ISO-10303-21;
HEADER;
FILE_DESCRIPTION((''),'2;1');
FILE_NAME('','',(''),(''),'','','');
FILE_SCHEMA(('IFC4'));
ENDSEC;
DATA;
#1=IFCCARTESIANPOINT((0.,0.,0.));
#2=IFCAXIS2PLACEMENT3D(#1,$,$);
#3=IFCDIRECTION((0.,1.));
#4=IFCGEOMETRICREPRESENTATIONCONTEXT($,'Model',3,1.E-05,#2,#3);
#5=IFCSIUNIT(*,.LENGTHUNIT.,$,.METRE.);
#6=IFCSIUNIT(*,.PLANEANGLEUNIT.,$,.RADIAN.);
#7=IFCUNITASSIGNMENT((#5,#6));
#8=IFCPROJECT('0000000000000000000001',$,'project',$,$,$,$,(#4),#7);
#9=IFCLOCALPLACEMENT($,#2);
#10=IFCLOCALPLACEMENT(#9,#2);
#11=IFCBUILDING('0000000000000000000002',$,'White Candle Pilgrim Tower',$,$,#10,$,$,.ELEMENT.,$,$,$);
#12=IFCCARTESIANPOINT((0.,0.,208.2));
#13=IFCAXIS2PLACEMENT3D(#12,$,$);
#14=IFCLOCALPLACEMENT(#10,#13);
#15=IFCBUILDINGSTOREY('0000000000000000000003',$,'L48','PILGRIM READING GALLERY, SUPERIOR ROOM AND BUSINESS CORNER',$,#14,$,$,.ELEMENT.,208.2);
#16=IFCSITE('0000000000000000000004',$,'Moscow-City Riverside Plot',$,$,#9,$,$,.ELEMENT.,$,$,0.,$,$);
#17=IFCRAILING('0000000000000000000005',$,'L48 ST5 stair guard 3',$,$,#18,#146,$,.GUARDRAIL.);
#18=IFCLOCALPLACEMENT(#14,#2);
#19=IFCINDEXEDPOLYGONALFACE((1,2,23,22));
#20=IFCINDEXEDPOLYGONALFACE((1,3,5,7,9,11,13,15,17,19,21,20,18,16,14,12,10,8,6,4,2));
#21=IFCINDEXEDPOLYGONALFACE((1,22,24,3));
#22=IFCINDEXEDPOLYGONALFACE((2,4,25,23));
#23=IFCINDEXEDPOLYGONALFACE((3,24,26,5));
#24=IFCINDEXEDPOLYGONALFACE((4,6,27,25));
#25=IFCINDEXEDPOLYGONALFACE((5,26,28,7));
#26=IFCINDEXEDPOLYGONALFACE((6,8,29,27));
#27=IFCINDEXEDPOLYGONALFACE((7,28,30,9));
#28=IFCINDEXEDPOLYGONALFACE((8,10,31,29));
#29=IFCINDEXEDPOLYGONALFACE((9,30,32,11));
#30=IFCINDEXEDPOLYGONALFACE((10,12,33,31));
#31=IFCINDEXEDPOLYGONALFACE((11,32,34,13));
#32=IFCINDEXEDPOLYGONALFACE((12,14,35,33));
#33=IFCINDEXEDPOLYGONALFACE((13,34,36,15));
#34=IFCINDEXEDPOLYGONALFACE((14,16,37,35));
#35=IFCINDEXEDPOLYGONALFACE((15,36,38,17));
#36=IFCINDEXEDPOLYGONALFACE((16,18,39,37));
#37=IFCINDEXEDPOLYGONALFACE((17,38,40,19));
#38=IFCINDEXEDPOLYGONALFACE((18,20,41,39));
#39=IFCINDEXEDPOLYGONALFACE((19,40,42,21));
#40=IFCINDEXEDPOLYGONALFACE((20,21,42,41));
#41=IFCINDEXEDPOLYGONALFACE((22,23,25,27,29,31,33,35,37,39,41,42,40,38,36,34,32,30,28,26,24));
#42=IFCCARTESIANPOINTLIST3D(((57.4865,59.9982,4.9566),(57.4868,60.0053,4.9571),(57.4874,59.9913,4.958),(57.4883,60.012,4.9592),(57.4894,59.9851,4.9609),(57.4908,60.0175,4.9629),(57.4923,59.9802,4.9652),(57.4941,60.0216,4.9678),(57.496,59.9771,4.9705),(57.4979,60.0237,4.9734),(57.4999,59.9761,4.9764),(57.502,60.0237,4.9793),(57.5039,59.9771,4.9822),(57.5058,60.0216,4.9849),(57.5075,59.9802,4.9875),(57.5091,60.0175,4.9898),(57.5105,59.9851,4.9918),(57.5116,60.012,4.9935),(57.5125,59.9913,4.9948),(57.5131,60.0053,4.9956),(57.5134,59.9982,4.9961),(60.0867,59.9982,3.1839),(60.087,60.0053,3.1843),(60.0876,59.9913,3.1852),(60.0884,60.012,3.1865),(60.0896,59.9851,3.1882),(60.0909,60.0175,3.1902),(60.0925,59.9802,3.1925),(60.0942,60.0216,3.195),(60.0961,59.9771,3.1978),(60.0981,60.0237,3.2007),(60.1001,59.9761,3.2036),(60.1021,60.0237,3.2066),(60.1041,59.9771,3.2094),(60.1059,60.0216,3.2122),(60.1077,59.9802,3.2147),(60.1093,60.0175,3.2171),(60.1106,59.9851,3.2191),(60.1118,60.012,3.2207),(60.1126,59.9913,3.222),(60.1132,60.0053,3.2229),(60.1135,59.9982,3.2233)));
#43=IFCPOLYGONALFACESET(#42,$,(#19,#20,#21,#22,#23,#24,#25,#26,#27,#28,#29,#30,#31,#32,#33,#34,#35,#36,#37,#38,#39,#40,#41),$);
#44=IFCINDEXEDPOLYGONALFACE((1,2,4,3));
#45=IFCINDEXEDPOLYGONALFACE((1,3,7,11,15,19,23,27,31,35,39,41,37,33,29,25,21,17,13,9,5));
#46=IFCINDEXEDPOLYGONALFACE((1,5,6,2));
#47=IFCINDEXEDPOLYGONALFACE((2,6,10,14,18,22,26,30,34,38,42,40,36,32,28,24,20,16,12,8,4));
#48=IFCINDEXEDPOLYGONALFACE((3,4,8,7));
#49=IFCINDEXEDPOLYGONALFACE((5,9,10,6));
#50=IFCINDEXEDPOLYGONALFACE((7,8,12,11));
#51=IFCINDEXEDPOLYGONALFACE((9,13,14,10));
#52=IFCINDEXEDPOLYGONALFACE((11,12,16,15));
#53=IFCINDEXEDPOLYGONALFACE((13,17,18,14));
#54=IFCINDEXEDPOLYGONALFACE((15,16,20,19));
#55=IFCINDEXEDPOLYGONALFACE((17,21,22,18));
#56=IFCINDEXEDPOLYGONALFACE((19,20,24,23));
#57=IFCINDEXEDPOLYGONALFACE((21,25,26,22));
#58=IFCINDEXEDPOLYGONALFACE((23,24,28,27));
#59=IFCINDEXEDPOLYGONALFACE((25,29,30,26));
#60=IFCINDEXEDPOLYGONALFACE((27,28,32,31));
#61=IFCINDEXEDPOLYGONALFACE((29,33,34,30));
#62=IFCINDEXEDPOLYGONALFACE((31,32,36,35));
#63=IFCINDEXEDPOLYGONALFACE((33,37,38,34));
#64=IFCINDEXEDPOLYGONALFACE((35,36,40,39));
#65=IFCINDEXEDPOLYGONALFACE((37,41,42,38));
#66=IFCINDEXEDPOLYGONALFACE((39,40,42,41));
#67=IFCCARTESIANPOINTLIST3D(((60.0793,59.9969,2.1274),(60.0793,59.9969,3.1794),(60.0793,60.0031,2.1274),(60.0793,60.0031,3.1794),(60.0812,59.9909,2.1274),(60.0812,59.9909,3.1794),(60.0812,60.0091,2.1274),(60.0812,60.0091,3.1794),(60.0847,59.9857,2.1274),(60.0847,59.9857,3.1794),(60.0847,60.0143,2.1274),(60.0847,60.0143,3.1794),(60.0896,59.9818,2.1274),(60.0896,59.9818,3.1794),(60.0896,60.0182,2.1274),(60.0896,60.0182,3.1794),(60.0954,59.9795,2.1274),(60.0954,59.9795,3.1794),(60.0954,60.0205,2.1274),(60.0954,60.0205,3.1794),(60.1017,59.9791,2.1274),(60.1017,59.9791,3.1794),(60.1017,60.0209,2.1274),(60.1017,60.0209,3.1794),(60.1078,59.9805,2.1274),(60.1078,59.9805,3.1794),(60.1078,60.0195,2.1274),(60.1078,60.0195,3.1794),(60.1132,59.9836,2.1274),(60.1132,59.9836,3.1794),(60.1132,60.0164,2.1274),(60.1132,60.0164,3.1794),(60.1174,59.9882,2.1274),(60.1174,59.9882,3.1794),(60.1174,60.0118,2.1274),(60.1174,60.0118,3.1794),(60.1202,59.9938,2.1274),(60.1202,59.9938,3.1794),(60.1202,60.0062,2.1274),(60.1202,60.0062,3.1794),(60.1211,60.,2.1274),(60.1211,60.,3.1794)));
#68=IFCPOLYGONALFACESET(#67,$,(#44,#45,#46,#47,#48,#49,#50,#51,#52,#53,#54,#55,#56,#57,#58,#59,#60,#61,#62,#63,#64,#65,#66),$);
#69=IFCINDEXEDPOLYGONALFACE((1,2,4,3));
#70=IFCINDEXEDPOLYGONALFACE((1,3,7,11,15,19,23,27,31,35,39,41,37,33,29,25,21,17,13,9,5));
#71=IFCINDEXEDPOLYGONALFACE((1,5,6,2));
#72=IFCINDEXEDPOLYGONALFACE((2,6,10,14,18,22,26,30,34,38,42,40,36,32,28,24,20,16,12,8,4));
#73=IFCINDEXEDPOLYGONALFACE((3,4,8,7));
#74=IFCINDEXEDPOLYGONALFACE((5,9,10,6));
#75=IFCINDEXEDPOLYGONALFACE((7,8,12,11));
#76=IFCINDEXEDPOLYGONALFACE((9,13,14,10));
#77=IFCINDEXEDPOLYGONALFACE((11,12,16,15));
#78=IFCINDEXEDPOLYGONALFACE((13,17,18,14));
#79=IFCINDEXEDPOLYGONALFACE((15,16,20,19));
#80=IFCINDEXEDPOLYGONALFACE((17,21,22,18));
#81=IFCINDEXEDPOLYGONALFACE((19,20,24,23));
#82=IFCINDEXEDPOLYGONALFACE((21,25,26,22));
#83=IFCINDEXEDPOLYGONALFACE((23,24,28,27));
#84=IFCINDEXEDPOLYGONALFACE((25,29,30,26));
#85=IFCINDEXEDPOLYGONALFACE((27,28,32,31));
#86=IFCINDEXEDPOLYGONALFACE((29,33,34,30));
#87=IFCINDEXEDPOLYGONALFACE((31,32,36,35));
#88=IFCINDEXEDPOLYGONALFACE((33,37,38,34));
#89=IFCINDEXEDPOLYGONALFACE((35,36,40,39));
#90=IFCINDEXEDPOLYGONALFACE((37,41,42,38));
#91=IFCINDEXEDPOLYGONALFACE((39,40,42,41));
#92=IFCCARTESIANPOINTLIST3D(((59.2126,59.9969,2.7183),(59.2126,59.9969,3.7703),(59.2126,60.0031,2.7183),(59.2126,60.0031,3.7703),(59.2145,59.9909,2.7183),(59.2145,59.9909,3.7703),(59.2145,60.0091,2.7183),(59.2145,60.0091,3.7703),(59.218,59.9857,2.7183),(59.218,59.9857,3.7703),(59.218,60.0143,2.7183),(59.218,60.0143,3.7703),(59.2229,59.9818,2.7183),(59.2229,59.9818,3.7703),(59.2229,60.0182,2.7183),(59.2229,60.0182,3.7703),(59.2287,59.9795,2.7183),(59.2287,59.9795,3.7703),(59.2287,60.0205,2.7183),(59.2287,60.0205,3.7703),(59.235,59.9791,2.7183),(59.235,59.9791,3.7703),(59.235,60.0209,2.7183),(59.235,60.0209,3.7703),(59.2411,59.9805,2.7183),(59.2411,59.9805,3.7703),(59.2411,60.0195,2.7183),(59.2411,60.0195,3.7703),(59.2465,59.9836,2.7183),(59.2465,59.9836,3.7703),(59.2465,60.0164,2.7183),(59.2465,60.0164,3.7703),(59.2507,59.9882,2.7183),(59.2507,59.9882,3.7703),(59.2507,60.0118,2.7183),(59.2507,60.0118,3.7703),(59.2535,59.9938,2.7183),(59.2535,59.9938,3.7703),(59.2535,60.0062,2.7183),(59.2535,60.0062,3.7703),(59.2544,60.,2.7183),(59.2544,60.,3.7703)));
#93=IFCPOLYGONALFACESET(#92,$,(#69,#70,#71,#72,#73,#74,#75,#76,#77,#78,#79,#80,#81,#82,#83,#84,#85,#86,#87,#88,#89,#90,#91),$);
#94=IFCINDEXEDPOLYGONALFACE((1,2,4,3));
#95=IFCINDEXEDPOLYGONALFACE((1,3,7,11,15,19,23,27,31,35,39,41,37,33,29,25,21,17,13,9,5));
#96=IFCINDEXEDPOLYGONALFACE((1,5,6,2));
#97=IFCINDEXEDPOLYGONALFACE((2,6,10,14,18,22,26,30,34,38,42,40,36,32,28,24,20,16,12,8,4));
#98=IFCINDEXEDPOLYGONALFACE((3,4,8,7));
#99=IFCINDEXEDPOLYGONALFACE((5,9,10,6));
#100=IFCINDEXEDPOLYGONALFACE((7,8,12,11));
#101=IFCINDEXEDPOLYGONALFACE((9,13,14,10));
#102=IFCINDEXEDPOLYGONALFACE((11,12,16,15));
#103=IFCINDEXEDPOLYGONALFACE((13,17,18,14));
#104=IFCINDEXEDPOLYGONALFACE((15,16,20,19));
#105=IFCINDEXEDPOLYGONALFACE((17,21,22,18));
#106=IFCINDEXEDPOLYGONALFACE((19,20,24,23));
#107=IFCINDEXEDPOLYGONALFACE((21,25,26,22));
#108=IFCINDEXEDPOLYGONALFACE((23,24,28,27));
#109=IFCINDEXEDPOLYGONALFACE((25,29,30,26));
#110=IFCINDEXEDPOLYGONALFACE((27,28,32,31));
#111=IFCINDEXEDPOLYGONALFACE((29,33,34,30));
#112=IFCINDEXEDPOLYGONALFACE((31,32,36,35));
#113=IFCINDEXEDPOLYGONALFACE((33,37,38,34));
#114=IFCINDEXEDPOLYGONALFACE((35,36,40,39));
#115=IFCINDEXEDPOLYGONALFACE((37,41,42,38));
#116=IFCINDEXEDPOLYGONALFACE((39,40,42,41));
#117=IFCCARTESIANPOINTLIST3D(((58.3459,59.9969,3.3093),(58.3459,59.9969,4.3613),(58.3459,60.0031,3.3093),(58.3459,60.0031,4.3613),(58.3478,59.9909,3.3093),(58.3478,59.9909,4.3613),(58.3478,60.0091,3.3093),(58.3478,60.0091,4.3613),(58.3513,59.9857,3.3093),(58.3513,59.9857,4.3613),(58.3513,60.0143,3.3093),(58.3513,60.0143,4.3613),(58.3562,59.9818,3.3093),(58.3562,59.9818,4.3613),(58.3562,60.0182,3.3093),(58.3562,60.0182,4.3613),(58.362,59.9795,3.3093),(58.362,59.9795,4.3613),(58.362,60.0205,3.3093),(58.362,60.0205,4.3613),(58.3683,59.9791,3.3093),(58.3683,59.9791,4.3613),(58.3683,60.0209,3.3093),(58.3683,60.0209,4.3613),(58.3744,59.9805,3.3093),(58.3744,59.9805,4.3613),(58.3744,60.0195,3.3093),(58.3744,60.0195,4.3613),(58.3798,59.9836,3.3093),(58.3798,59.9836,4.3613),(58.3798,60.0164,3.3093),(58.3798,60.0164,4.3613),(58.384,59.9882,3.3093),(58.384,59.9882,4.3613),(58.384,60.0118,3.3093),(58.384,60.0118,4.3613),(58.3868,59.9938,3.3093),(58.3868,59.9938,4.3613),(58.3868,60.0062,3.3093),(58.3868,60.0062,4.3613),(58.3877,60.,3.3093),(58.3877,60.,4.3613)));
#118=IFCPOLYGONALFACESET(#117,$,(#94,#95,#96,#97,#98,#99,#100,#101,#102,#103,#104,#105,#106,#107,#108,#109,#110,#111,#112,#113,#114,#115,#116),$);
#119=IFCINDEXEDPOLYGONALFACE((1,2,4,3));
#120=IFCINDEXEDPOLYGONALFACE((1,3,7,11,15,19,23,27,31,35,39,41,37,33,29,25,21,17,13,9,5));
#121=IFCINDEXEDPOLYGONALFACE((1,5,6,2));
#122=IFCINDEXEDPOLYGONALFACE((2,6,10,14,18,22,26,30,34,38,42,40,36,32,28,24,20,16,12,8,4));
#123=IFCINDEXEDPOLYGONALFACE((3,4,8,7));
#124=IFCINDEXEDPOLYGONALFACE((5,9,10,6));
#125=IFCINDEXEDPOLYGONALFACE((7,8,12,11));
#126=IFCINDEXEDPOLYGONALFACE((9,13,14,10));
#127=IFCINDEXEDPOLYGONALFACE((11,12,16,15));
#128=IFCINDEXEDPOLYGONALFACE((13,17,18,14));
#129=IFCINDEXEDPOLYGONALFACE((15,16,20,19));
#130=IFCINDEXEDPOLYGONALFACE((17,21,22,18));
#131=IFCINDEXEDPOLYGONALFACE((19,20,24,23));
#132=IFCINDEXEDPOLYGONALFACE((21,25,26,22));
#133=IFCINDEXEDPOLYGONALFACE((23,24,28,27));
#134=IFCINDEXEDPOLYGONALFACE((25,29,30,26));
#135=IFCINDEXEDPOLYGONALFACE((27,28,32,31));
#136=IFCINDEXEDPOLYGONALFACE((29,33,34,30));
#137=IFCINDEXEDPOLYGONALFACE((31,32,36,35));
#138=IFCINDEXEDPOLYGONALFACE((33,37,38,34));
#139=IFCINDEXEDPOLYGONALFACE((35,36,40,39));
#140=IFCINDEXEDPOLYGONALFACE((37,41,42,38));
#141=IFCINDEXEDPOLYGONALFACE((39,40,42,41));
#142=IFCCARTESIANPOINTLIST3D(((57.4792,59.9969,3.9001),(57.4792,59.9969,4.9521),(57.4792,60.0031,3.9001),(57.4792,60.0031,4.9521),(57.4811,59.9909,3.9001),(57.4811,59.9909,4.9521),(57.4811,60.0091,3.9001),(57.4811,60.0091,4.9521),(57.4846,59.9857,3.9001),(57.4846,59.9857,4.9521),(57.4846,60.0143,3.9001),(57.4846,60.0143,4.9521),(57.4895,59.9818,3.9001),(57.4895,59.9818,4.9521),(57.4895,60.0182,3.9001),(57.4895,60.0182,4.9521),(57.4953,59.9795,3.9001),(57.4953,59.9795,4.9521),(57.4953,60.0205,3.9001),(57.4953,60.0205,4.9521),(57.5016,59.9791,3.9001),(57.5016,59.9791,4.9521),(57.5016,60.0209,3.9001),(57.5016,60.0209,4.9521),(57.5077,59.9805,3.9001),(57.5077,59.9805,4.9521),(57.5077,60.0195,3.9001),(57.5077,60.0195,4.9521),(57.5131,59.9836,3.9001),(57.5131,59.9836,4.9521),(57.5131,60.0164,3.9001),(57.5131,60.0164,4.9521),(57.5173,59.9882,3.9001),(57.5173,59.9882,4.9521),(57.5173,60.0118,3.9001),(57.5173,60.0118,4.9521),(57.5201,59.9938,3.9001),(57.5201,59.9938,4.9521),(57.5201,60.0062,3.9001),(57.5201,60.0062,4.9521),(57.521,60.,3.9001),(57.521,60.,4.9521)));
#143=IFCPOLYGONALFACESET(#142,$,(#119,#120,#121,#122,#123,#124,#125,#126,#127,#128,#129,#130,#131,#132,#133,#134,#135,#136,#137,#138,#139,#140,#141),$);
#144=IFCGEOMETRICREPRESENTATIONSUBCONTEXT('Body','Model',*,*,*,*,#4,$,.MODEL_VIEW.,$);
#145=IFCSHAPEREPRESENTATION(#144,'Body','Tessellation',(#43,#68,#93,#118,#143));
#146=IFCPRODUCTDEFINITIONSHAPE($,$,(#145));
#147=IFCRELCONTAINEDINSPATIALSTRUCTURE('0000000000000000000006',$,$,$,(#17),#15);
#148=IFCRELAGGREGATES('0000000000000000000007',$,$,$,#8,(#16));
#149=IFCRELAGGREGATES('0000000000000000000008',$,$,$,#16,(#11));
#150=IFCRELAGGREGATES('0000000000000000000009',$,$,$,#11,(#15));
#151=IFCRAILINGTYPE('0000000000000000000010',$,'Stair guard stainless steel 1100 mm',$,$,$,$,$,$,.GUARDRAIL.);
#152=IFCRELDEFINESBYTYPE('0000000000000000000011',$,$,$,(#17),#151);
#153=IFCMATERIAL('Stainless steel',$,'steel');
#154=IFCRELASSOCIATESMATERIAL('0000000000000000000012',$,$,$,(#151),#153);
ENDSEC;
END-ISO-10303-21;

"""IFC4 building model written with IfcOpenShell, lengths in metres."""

from ifc_helpers import new_model, si_unit, direction, frame, origin, origin_2d, place, context, subcontext, project, spatial, circle, extrude, material, type_object, element, save


model = new_model("IFC4")

# Units and contexts
model_context = context("Model", 3, precision=1e-05, world=origin(), true_north=direction((0.0, 1.0)))
body_context = subcontext(model_context, "Body", "Model", "MODEL_VIEW")
ifc_project = project(units=[si_unit("LENGTHUNIT", "METRE"), si_unit("PLANEANGLEUNIT", "RADIAN")], contexts=[model_context])

# Site, building, storey
site_placement = place(None, origin())
site = spatial("IfcSite", under=ifc_project, at=site_placement, Name="Moscow-City Riverside Plot", CompositionType="ELEMENT", RefElevation=0.0)
building_placement = place(site_placement, origin())
building = spatial("IfcBuilding", under=site, at=building_placement, Name="White Candle Pilgrim Tower", CompositionType="ELEMENT")
storey_placement = place(building_placement, frame((0.0, 0.0, 208.2)))
storey = spatial("IfcBuildingStorey", under=building, at=storey_placement, Name="L48", Description="PILGRIM READING GALLERY, SUPERIOR ROOM AND BUSINESS CORNER", CompositionType="ELEMENT", Elevation=208.2)

# Railing
ifc_material_1 = material(Name="Stainless steel", Category="steel")
railing_type_1 = type_object("IfcRailingType", Name="Stair guard stainless steel 1100 mm", PredefinedType="GUARDRAIL", material=ifc_material_1)
railing_1_placement = place(storey_placement, frame((60.1001, 60.0, 2.1274)))
element("IfcRailing", 1, at=railing_1_placement, inside=storey, type_object=railing_type_1, Name="L48 ST5 stair guard 3", PredefinedType="GUARDRAIL", context=body_context, shape_type="SweptSolid", body=[
    extrude(circle(Radius=0.0239, at=origin_2d()), frame((0.0, 0.0, 1.0762), z_axis=(-0.82624, 0.0, 0.563318), x_axis=(0.0, -1.0, 0.0)), (0.0, 0.0, 1.0), 3.147),
    extrude(circle(Radius=0.021, at=origin_2d()), origin(), (0.0, 0.0, 1.0), 1.052),
    extrude(circle(Radius=0.021, at=origin_2d()), frame((-0.8667, 0.0, 0.5908)), (0.0, 0.0, 1.0), 1.052),
    extrude(circle(Radius=0.021, at=origin_2d()), frame((-1.7334, 0.0, 1.1819)), (0.0, 0.0, 1.0), 1.052),
    extrude(circle(Radius=0.021, at=origin_2d()), frame((-2.6001, 0.0, 1.7727)), (0.0, 0.0, 1.0), 1.052),
])

save(model, "model.ifc")
